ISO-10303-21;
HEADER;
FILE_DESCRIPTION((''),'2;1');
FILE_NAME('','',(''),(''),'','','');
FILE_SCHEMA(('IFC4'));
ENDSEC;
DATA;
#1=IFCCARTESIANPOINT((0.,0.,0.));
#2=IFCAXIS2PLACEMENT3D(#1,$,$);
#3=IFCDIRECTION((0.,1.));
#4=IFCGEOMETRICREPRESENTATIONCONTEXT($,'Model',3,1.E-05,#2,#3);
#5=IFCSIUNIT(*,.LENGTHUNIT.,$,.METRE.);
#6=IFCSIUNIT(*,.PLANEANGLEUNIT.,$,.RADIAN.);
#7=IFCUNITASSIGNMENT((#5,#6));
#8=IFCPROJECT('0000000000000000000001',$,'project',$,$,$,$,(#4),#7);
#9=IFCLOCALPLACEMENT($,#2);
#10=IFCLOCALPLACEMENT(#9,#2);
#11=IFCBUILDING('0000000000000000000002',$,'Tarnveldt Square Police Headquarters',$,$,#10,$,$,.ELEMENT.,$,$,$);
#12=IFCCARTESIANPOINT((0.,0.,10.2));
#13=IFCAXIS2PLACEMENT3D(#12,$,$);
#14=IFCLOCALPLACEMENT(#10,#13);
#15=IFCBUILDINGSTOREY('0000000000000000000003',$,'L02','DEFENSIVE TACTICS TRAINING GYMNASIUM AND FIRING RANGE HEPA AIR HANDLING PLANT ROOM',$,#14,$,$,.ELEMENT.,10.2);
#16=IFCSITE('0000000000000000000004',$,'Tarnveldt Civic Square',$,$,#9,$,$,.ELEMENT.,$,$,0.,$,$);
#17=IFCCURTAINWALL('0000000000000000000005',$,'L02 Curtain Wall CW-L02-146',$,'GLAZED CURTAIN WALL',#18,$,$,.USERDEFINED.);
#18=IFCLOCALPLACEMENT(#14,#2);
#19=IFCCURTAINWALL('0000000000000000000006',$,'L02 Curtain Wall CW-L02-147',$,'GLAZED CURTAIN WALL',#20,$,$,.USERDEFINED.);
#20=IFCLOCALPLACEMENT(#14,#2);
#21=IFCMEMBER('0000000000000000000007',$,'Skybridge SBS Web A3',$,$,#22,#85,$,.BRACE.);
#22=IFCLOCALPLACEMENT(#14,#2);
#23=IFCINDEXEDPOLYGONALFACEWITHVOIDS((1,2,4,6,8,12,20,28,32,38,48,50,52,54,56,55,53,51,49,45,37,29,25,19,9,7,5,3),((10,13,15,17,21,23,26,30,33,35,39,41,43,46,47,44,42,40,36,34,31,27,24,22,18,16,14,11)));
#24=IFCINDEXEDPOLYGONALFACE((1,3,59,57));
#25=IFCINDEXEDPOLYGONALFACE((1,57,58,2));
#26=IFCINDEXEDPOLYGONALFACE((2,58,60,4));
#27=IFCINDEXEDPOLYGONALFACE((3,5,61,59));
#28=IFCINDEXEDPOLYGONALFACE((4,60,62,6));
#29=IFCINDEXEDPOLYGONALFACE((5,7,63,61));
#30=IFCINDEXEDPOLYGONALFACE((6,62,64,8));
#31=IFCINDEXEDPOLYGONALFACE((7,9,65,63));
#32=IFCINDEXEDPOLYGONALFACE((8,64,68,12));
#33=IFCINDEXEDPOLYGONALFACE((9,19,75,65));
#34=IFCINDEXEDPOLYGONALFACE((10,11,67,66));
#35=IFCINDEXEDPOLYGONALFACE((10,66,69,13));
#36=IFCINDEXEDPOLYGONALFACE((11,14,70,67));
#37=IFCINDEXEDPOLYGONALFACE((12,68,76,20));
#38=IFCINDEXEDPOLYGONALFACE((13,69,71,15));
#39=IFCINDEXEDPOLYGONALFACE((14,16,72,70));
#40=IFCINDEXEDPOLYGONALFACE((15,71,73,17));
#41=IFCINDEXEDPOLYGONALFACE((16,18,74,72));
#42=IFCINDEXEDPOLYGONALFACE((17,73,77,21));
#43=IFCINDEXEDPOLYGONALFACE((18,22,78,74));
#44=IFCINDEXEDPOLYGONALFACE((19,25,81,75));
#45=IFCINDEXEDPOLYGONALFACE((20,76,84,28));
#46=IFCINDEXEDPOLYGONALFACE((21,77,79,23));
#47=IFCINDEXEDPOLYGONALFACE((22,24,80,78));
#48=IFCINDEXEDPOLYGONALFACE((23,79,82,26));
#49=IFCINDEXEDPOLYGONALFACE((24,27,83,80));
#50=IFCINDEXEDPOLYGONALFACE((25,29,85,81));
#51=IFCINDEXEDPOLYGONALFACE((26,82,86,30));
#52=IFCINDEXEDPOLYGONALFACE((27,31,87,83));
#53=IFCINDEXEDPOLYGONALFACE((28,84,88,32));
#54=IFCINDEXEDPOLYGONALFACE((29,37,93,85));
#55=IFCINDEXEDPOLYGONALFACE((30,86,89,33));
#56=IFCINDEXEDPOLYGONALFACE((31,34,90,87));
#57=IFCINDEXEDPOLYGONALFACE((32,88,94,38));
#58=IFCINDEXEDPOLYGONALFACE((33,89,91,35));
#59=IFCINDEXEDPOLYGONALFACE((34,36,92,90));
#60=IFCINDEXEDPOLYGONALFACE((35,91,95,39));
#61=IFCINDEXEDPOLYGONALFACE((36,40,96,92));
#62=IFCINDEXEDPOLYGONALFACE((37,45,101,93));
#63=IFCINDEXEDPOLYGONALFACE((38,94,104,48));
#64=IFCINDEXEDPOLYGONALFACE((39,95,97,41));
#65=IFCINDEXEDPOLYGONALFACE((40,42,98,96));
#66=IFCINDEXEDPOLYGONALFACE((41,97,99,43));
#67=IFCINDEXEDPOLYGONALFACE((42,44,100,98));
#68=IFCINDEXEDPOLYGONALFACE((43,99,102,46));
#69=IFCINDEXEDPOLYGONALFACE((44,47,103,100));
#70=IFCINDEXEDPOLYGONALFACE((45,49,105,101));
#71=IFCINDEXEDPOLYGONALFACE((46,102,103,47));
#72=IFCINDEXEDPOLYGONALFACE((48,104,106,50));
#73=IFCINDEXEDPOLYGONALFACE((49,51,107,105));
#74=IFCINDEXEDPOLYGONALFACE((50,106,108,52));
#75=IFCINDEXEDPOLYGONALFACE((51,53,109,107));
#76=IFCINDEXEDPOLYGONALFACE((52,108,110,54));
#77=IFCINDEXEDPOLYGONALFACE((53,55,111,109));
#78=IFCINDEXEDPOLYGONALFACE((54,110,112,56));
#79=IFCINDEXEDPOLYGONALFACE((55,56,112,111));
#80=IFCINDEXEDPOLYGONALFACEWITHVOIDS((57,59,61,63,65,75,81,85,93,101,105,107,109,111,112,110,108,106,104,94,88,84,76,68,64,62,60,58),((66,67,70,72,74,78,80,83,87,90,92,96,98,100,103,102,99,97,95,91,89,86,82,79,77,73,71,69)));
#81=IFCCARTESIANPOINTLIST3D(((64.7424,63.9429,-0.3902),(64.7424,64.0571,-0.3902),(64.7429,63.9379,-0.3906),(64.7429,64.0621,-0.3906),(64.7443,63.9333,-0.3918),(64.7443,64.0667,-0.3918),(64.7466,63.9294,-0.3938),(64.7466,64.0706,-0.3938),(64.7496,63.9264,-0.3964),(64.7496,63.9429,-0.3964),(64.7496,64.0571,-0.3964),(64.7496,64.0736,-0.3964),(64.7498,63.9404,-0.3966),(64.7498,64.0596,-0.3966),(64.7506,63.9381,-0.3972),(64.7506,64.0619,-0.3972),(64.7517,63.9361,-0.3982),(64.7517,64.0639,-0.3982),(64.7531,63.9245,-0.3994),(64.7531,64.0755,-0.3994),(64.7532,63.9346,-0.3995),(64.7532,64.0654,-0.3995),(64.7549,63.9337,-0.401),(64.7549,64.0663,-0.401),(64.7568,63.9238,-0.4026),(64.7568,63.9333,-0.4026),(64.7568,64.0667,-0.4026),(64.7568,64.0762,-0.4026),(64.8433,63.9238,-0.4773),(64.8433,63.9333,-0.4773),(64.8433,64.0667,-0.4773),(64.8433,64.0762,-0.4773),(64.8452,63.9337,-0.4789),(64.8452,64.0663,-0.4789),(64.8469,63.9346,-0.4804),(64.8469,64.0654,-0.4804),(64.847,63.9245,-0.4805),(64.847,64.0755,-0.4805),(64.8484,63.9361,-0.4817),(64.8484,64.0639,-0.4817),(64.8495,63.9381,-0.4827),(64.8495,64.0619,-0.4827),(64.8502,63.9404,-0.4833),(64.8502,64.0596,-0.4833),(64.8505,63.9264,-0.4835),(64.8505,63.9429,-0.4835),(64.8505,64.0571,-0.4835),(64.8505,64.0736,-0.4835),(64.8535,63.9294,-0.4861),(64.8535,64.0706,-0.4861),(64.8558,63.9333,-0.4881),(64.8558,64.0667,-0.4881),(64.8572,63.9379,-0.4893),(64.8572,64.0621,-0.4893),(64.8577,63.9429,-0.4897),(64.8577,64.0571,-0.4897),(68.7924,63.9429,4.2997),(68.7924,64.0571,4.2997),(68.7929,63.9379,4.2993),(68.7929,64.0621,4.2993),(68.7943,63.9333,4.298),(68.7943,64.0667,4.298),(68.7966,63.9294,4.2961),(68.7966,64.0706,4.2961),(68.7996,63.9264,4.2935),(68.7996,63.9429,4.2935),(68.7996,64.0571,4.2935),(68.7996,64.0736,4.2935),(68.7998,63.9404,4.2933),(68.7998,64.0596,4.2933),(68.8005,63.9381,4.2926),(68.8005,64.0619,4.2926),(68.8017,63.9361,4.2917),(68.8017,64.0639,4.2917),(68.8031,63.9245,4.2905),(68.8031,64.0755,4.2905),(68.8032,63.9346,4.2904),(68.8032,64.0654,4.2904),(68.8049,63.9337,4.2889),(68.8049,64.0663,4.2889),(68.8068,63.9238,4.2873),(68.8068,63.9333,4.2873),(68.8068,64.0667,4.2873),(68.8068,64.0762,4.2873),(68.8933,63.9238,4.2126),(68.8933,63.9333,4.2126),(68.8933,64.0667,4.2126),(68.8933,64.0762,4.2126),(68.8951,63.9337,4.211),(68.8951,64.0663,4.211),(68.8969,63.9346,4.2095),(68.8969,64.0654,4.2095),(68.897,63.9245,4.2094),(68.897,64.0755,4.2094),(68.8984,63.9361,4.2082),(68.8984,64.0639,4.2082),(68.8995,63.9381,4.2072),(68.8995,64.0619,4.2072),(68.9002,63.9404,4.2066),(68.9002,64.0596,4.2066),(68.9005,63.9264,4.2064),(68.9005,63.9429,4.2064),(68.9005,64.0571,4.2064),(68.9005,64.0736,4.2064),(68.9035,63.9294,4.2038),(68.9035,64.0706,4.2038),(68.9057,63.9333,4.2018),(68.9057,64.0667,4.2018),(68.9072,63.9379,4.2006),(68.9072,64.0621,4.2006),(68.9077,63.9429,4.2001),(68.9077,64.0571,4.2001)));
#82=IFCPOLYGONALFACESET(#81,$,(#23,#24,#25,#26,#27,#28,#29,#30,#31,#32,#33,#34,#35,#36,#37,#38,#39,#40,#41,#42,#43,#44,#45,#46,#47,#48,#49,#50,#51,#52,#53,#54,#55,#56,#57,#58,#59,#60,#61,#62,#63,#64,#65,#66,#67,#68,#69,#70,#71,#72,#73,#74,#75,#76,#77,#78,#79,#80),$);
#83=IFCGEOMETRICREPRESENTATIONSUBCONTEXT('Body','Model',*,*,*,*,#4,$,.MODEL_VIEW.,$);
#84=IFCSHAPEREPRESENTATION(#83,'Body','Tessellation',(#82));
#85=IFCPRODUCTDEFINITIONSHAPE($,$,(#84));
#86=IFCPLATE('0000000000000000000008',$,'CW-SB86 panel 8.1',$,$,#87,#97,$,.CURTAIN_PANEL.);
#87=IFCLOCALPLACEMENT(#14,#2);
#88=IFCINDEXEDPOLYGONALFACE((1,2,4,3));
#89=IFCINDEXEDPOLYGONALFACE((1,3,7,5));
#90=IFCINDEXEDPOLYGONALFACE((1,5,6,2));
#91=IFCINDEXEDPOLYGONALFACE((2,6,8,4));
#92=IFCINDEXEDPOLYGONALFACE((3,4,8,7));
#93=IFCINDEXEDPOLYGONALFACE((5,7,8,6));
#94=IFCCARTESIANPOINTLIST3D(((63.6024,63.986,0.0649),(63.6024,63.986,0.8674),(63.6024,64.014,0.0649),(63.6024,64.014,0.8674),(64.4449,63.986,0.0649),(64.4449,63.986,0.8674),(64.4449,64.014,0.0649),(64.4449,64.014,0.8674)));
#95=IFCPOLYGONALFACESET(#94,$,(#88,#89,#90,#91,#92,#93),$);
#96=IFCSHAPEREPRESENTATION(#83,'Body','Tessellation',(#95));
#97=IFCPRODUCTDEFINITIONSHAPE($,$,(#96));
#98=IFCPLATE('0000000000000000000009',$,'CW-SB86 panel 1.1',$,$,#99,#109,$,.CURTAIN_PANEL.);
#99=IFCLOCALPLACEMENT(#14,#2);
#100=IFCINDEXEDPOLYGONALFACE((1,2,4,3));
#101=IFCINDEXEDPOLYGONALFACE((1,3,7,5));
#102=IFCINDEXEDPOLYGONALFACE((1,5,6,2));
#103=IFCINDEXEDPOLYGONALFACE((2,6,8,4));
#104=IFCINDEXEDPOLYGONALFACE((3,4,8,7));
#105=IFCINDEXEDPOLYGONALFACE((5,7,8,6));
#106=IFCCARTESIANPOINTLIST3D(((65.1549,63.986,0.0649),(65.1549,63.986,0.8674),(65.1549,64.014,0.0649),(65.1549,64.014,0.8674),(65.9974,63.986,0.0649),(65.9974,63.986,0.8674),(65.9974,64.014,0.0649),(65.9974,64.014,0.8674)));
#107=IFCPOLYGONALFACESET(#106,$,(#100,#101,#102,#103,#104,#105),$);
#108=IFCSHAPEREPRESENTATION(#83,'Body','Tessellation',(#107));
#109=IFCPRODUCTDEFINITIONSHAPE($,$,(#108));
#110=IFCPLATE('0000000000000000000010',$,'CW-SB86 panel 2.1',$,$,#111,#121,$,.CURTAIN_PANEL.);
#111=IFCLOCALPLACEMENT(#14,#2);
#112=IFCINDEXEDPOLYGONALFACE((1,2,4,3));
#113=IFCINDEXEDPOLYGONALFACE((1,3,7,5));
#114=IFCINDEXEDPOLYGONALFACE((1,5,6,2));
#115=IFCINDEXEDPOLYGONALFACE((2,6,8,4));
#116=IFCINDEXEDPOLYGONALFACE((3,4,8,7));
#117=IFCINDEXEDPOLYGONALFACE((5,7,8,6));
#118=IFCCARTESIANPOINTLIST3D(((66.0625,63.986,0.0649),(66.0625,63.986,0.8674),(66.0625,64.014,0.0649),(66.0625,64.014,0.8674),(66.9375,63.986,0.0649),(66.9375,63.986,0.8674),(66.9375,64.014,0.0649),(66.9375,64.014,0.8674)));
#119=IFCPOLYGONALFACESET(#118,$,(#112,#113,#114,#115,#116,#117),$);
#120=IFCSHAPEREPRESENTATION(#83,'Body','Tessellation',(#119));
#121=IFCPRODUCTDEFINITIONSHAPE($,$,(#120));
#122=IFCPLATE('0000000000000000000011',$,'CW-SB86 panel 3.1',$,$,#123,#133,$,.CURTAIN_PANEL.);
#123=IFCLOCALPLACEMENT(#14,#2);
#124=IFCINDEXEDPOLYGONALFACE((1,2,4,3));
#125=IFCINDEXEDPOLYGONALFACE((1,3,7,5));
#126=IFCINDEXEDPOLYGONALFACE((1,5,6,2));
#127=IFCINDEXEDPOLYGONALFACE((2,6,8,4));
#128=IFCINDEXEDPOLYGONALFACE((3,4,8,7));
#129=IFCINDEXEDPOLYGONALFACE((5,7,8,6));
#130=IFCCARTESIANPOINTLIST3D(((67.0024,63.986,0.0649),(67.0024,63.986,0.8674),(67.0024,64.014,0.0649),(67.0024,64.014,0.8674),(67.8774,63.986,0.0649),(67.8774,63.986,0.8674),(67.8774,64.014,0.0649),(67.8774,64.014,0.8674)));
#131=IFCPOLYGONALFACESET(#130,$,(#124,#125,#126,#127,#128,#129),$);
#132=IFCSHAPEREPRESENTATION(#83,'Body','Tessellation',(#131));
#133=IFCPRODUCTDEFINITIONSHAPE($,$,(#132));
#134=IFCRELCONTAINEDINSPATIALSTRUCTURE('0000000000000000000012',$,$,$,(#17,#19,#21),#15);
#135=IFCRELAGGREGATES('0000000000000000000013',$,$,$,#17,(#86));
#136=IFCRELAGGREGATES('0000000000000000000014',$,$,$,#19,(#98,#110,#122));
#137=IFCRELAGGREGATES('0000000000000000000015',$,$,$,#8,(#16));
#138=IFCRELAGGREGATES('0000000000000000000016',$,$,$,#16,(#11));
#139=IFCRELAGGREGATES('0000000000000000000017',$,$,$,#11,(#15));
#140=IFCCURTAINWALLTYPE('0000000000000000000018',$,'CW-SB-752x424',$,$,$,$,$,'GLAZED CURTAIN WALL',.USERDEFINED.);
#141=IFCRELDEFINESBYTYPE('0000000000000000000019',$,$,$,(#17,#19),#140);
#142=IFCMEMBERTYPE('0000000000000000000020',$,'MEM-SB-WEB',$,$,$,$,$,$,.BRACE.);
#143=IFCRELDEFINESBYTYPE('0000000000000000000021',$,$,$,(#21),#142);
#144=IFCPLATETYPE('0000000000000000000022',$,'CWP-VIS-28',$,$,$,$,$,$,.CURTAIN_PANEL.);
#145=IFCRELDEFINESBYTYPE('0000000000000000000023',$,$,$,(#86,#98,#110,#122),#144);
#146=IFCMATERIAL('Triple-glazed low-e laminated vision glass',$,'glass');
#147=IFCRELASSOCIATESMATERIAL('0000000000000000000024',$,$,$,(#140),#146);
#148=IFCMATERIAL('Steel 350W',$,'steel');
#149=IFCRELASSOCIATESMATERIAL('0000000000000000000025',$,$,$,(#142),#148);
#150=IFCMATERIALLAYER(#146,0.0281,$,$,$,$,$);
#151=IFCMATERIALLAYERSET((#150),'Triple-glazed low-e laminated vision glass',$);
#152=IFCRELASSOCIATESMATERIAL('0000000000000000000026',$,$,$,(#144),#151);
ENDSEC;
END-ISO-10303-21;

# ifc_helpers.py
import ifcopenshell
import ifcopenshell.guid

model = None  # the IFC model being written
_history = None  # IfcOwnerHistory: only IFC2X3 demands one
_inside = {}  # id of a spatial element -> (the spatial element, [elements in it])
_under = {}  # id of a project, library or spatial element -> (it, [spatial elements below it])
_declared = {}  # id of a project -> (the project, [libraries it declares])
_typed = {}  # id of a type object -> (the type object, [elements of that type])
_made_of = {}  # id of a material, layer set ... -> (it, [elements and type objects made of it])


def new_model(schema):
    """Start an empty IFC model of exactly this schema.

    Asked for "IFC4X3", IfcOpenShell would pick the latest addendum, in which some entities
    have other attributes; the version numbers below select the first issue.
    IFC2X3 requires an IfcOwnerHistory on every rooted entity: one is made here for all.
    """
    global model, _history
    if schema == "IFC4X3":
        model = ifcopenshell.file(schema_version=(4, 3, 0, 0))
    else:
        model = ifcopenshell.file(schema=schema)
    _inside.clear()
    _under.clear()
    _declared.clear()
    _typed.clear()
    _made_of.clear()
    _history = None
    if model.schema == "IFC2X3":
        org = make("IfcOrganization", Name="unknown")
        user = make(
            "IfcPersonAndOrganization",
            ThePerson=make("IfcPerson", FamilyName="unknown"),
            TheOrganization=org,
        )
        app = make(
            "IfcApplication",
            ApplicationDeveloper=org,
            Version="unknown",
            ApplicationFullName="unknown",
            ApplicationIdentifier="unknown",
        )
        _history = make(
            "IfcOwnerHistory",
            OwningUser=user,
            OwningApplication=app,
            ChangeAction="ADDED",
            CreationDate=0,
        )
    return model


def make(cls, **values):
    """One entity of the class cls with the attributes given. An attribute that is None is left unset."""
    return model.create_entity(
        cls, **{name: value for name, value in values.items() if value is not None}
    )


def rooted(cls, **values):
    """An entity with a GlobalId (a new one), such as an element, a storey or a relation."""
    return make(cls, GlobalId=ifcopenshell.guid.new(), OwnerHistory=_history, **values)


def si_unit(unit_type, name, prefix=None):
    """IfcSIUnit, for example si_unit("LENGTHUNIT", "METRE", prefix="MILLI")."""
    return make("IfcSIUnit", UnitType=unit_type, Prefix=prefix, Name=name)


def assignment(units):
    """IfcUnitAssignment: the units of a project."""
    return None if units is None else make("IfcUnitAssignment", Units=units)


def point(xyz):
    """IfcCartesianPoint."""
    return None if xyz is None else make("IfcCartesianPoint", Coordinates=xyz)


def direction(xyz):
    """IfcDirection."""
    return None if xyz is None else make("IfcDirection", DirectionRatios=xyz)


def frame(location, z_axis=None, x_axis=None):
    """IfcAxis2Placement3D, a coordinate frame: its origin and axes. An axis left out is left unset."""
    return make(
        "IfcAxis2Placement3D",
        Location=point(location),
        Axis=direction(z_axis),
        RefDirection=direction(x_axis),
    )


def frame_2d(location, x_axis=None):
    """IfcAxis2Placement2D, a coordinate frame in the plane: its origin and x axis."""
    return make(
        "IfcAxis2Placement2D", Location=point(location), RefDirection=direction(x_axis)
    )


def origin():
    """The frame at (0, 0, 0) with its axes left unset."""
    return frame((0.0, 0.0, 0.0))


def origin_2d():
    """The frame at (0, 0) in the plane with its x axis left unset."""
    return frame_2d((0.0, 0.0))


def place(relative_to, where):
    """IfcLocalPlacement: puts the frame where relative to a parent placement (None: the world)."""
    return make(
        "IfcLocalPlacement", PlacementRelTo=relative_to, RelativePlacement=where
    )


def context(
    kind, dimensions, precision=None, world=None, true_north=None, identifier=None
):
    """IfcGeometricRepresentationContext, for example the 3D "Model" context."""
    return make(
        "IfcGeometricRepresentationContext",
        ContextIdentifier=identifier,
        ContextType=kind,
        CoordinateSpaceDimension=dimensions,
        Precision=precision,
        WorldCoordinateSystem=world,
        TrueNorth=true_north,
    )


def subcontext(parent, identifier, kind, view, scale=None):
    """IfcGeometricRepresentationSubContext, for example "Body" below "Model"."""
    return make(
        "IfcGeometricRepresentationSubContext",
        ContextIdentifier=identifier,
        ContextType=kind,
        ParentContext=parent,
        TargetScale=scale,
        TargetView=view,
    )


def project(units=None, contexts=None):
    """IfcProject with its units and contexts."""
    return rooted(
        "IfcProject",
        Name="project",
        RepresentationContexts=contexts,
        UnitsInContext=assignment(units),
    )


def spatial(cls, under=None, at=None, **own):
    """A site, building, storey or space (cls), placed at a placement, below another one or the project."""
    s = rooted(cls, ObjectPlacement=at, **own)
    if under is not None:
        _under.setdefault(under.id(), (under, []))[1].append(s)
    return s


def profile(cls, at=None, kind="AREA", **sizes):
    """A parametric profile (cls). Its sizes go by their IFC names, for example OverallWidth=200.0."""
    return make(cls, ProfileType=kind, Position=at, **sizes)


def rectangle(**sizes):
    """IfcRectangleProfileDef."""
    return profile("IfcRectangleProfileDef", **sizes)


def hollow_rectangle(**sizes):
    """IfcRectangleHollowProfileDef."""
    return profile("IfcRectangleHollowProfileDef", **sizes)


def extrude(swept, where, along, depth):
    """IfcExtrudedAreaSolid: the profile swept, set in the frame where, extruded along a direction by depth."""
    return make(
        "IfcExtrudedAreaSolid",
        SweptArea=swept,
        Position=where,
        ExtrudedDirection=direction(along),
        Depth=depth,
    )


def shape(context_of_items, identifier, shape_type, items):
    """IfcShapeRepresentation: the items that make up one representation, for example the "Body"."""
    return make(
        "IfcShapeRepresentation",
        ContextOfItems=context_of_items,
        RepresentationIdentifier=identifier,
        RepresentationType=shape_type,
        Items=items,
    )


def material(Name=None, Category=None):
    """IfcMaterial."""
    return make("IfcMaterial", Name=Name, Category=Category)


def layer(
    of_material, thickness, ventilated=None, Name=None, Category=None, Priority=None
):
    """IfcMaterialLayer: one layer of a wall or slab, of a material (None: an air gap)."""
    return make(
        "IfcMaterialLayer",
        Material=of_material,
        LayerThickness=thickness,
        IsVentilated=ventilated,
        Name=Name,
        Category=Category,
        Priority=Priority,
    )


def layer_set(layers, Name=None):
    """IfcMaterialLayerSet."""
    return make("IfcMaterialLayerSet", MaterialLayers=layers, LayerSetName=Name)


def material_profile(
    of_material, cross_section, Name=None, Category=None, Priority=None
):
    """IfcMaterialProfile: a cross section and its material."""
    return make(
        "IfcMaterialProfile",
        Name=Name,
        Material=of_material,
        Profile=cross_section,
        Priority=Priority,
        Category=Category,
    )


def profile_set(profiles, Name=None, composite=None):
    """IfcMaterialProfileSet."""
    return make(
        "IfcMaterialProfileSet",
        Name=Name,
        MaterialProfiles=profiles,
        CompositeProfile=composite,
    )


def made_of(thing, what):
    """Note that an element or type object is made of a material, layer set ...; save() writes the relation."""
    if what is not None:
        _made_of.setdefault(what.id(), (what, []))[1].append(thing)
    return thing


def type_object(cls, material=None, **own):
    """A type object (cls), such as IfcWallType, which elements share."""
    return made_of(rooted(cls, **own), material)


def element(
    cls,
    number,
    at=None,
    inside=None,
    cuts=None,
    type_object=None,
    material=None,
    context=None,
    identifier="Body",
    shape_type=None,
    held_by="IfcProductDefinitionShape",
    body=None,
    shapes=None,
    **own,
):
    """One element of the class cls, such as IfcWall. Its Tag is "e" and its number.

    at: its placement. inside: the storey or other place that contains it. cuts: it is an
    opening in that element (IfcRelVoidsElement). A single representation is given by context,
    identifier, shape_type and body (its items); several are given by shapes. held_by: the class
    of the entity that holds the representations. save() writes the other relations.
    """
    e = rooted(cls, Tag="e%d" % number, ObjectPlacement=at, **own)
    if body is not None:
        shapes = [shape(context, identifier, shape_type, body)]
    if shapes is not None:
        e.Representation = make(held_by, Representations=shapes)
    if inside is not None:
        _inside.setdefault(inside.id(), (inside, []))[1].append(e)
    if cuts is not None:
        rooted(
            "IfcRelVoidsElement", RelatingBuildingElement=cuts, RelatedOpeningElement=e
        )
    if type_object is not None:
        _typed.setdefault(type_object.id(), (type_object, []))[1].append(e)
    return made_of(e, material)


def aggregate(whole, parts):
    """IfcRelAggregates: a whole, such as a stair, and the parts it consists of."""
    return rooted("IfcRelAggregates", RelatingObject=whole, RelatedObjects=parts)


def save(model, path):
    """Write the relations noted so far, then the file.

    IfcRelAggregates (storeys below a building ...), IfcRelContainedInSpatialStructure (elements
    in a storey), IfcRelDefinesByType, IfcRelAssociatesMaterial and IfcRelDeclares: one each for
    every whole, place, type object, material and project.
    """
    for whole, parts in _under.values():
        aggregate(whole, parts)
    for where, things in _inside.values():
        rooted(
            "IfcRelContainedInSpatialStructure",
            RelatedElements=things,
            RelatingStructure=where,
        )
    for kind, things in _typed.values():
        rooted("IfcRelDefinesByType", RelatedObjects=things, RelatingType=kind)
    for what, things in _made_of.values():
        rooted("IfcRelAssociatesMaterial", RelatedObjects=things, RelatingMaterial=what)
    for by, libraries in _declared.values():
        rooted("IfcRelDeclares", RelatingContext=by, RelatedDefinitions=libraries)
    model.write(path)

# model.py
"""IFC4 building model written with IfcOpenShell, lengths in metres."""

from ifc_helpers import new_model, si_unit, direction, frame, origin, origin_2d, place, context, subcontext, project, spatial, rectangle, hollow_rectangle, extrude, material, layer, layer_set, material_profile, profile_set, type_object, element, aggregate, save


model = new_model("IFC4")

# Units and contexts
model_context = context("Model", 3, precision=1e-05, world=origin(), true_north=direction((0.0, 1.0)))
body_context = subcontext(model_context, "Body", "Model", "MODEL_VIEW")
ifc_project = project(units=[si_unit("LENGTHUNIT", "METRE"), si_unit("PLANEANGLEUNIT", "RADIAN")], contexts=[model_context])

# Site, building, storey
site_placement = place(None, origin())
site = spatial("IfcSite", under=ifc_project, at=site_placement, Name="Tarnveldt Civic Square", CompositionType="ELEMENT", RefElevation=0.0)
building_placement = place(site_placement, origin())
building = spatial("IfcBuilding", under=site, at=building_placement, Name="Tarnveldt Square Police Headquarters", CompositionType="ELEMENT")
storey_placement = place(building_placement, frame((0.0, 0.0, 10.2)))
storey = spatial("IfcBuildingStorey", under=building, at=storey_placement, Name="L02", Description="DEFENSIVE TACTICS TRAINING GYMNASIUM AND FIRING RANGE HEPA AIR HANDLING PLANT ROOM", CompositionType="ELEMENT", Elevation=10.2)

# Curtain wall
ifc_material_1 = material(Name="Triple-glazed low-e laminated vision glass", Category="glass")
curtain_wall_type = type_object("IfcCurtainWallType", Name="CW-SB-752x424", ElementType="GLAZED CURTAIN WALL", PredefinedType="USERDEFINED", material=ifc_material_1)
curtain_wall_1_placement = place(storey_placement, origin())
curtain_wall_1 = element("IfcCurtainWall", 1, at=curtain_wall_1_placement, inside=storey, type_object=curtain_wall_type, Name="L02 Curtain Wall CW-L02-146", ObjectType="GLAZED CURTAIN WALL", PredefinedType="USERDEFINED")

# Curtain wall
curtain_wall_2_placement = place(storey_placement, origin())
curtain_wall_2 = element("IfcCurtainWall", 2, at=curtain_wall_2_placement, inside=storey, type_object=curtain_wall_type, Name="L02 Curtain Wall CW-L02-147", ObjectType="GLAZED CURTAIN WALL", PredefinedType="USERDEFINED")

# Member
ifc_material_2 = material(Name="Steel 350W", Category="steel")
ifc_material_profile_1 = material_profile(ifc_material_2, hollow_rectangle(XDim=0.1523, YDim=0.1523, WallThickness=0.0095, InnerFilletRadius=0.0095, OuterFilletRadius=0.019, at=origin_2d()), Name="HSS152x152x9.5")
ifc_profile_set_1 = profile_set([ifc_material_profile_1], Name="Steel 350W")
member_type_1 = type_object("IfcMemberType", Name="MEM-SB-WEB", PredefinedType="BRACE", material=ifc_profile_set_1)
for number, where, z_axis, x_axis, name in (
    (3, (64.8, 64.0, -0.4399), (0.653587, 0.0, 0.756851), (0.0, 1.0, 0.0), "Skybridge SBS Web A3"),
):
    element("IfcMember", number, at=place(storey_placement, frame(where, z_axis=z_axis, x_axis=x_axis)), inside=storey, type_object=member_type_1, Name=name, PredefinedType="BRACE", context=body_context, shape_type="SweptSolid", body=[
        extrude(hollow_rectangle(XDim=0.1523, YDim=0.1523, WallThickness=0.0095, InnerFilletRadius=0.0095, OuterFilletRadius=0.019, at=origin_2d()), origin(), (0.0, 0.0, 1.0), 6.1965),
    ])

# Plates
ifc_layer = layer(ifc_material_1, 0.0281)
ifc_layer_set = layer_set([ifc_layer], Name="Triple-glazed low-e laminated vision glass")
plate_type = type_object("IfcPlateType", Name="CWP-VIS-28", PredefinedType="CURTAIN_PANEL", material=ifc_layer_set)
plate_1_placement = place(storey_placement, frame((64.0237, 64.0, 0.0649), z_axis=(0.0, 0.0, 1.0), x_axis=(1.0, 0.0, 0.0)))
plate_1 = element("IfcPlate", 4, at=plate_1_placement, type_object=plate_type, Name="CW-SB86 panel 8.1", PredefinedType="CURTAIN_PANEL", context=body_context, shape_type="SweptSolid", body=[
    extrude(rectangle(XDim=0.8425, YDim=0.0281, at=origin_2d()), origin(), (0.0, 0.0, 1.0), 0.8025),
])
aggregate(curtain_wall_1, [plate_1])
plate_2_placement = place(storey_placement, frame((65.5762, 64.0, 0.0649), z_axis=(0.0, 0.0, 1.0), x_axis=(1.0, 0.0, 0.0)))
plate_2 = element("IfcPlate", 5, at=plate_2_placement, type_object=plate_type, Name="CW-SB86 panel 1.1", PredefinedType="CURTAIN_PANEL", context=body_context, shape_type="SweptSolid", body=[
    extrude(rectangle(XDim=0.8425, YDim=0.0281, at=origin_2d()), origin(), (0.0, 0.0, 1.0), 0.8025),
])
plate_3_placement = place(storey_placement, frame((66.5, 64.0, 0.0649), z_axis=(0.0, 0.0, 1.0), x_axis=(1.0, 0.0, 0.0)))
plate_3 = element("IfcPlate", 6, at=plate_3_placement, type_object=plate_type, Name="CW-SB86 panel 2.1", PredefinedType="CURTAIN_PANEL", context=body_context, shape_type="SweptSolid", body=[
    extrude(rectangle(XDim=0.875, YDim=0.0281, at=origin_2d()), origin(), (0.0, 0.0, 1.0), 0.8025),
])
plate_4_placement = place(storey_placement, frame((67.4399, 64.0, 0.0649), z_axis=(0.0, 0.0, 1.0), x_axis=(1.0, 0.0, 0.0)))
plate_4 = element("IfcPlate", 7, at=plate_4_placement, type_object=plate_type, Name="CW-SB86 panel 3.1", PredefinedType="CURTAIN_PANEL", context=body_context, shape_type="SweptSolid", body=[
    extrude(rectangle(XDim=0.875, YDim=0.0281, at=origin_2d()), origin(), (0.0, 0.0, 1.0), 0.8025),
])
aggregate(curtain_wall_2, [plate_2, plate_3, plate_4])

save(model, "model.ifc")
